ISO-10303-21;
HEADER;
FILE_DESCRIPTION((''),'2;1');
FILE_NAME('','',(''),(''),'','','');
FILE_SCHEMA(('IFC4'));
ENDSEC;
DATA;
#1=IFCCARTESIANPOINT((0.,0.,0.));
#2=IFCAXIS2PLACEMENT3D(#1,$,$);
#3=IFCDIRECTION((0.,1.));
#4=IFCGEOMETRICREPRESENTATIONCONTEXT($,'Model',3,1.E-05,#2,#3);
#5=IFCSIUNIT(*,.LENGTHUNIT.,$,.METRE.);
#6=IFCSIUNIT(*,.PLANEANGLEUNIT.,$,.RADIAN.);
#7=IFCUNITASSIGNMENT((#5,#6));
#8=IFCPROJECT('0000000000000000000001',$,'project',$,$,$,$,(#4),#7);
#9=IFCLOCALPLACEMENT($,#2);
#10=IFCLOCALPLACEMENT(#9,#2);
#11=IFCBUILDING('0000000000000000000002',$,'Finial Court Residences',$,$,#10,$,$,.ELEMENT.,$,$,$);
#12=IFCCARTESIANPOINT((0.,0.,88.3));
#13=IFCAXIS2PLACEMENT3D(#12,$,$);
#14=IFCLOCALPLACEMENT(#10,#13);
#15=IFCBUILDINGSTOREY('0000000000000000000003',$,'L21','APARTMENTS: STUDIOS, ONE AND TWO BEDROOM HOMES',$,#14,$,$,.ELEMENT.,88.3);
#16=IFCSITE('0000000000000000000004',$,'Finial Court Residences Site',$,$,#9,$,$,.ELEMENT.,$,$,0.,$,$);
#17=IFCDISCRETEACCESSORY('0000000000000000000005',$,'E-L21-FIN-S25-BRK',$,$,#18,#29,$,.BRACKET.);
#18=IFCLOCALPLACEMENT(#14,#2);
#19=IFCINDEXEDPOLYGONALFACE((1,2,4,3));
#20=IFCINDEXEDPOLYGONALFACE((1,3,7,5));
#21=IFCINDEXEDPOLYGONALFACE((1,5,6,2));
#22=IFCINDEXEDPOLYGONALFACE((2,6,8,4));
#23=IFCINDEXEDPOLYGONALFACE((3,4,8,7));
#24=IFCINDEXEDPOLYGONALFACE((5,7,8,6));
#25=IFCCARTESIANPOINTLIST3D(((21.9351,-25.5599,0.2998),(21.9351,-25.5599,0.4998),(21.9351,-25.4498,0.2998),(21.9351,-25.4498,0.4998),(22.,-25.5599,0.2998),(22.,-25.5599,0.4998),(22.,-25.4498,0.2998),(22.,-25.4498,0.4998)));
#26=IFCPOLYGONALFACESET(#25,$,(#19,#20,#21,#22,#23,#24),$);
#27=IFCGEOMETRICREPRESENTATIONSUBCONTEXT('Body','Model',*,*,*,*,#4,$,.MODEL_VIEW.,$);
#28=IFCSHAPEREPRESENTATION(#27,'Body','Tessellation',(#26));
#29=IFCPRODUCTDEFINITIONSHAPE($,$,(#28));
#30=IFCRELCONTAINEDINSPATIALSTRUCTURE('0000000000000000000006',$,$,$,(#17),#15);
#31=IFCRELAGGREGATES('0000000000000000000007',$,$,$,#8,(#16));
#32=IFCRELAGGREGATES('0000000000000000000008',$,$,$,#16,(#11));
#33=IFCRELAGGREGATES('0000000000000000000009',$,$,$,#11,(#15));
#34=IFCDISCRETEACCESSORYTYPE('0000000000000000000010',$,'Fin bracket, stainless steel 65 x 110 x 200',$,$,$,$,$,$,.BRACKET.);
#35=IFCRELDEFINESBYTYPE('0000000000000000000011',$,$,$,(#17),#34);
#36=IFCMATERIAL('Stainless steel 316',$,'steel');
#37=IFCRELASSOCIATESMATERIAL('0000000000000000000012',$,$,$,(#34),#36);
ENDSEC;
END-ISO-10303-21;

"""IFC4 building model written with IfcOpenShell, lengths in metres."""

from ifc_helpers import new_model, si_unit, direction, frame, origin, origin_2d, place, context, subcontext, project, spatial, rectangle, extrude, material, type_object, element, save


model = new_model("IFC4")

# Units and contexts
model_context = context("Model", 3, precision=1e-05, world=origin(), true_north=direction((0.0, 1.0)))
body_context = subcontext(model_context, "Body", "Model", "MODEL_VIEW")
ifc_project = project(units=[si_unit("LENGTHUNIT", "METRE"), si_unit("PLANEANGLEUNIT", "RADIAN")], contexts=[model_context])

# Site, building, storey
site_placement = place(None, origin())
site = spatial("IfcSite", under=ifc_project, at=site_placement, Name="Finial Court Residences Site", CompositionType="ELEMENT", RefElevation=0.0)
building_placement = place(site_placement, origin())
building = spatial("IfcBuilding", under=site, at=building_placement, Name="Finial Court Residences", CompositionType="ELEMENT")
storey_placement = place(building_placement, frame((0.0, 0.0, 88.3)))
storey = spatial("IfcBuildingStorey", under=building, at=storey_placement, Name="L21", Description="APARTMENTS: STUDIOS, ONE AND TWO BEDROOM HOMES", CompositionType="ELEMENT", Elevation=88.3)

# Discrete accessory
ifc_material_1 = material(Name="Stainless steel 316", Category="steel")
discrete_accessory_type = type_object("IfcDiscreteAccessoryType", Name="Fin bracket, stainless steel 65 x 110 x 200", PredefinedType="BRACKET", material=ifc_material_1)
for number, where, z_axis, x_axis, name in (
    (1, (21.9675, -25.5049, 0.2998), (0.0, 0.0, 1.0), (1.0, 0.0, 0.0), "E-L21-FIN-S25-BRK"),
):
    element("IfcDiscreteAccessory", number, at=place(storey_placement, frame(where, z_axis=z_axis, x_axis=x_axis)), inside=storey, type_object=discrete_accessory_type, Name=name, PredefinedType="BRACKET", context=body_context, shape_type="SweptSolid", body=[
        extrude(rectangle(XDim=0.0649, YDim=0.1101, at=origin_2d()), origin(), (0.0, 0.0, 1.0), 0.2),
    ])

save(model, "model.ifc")
